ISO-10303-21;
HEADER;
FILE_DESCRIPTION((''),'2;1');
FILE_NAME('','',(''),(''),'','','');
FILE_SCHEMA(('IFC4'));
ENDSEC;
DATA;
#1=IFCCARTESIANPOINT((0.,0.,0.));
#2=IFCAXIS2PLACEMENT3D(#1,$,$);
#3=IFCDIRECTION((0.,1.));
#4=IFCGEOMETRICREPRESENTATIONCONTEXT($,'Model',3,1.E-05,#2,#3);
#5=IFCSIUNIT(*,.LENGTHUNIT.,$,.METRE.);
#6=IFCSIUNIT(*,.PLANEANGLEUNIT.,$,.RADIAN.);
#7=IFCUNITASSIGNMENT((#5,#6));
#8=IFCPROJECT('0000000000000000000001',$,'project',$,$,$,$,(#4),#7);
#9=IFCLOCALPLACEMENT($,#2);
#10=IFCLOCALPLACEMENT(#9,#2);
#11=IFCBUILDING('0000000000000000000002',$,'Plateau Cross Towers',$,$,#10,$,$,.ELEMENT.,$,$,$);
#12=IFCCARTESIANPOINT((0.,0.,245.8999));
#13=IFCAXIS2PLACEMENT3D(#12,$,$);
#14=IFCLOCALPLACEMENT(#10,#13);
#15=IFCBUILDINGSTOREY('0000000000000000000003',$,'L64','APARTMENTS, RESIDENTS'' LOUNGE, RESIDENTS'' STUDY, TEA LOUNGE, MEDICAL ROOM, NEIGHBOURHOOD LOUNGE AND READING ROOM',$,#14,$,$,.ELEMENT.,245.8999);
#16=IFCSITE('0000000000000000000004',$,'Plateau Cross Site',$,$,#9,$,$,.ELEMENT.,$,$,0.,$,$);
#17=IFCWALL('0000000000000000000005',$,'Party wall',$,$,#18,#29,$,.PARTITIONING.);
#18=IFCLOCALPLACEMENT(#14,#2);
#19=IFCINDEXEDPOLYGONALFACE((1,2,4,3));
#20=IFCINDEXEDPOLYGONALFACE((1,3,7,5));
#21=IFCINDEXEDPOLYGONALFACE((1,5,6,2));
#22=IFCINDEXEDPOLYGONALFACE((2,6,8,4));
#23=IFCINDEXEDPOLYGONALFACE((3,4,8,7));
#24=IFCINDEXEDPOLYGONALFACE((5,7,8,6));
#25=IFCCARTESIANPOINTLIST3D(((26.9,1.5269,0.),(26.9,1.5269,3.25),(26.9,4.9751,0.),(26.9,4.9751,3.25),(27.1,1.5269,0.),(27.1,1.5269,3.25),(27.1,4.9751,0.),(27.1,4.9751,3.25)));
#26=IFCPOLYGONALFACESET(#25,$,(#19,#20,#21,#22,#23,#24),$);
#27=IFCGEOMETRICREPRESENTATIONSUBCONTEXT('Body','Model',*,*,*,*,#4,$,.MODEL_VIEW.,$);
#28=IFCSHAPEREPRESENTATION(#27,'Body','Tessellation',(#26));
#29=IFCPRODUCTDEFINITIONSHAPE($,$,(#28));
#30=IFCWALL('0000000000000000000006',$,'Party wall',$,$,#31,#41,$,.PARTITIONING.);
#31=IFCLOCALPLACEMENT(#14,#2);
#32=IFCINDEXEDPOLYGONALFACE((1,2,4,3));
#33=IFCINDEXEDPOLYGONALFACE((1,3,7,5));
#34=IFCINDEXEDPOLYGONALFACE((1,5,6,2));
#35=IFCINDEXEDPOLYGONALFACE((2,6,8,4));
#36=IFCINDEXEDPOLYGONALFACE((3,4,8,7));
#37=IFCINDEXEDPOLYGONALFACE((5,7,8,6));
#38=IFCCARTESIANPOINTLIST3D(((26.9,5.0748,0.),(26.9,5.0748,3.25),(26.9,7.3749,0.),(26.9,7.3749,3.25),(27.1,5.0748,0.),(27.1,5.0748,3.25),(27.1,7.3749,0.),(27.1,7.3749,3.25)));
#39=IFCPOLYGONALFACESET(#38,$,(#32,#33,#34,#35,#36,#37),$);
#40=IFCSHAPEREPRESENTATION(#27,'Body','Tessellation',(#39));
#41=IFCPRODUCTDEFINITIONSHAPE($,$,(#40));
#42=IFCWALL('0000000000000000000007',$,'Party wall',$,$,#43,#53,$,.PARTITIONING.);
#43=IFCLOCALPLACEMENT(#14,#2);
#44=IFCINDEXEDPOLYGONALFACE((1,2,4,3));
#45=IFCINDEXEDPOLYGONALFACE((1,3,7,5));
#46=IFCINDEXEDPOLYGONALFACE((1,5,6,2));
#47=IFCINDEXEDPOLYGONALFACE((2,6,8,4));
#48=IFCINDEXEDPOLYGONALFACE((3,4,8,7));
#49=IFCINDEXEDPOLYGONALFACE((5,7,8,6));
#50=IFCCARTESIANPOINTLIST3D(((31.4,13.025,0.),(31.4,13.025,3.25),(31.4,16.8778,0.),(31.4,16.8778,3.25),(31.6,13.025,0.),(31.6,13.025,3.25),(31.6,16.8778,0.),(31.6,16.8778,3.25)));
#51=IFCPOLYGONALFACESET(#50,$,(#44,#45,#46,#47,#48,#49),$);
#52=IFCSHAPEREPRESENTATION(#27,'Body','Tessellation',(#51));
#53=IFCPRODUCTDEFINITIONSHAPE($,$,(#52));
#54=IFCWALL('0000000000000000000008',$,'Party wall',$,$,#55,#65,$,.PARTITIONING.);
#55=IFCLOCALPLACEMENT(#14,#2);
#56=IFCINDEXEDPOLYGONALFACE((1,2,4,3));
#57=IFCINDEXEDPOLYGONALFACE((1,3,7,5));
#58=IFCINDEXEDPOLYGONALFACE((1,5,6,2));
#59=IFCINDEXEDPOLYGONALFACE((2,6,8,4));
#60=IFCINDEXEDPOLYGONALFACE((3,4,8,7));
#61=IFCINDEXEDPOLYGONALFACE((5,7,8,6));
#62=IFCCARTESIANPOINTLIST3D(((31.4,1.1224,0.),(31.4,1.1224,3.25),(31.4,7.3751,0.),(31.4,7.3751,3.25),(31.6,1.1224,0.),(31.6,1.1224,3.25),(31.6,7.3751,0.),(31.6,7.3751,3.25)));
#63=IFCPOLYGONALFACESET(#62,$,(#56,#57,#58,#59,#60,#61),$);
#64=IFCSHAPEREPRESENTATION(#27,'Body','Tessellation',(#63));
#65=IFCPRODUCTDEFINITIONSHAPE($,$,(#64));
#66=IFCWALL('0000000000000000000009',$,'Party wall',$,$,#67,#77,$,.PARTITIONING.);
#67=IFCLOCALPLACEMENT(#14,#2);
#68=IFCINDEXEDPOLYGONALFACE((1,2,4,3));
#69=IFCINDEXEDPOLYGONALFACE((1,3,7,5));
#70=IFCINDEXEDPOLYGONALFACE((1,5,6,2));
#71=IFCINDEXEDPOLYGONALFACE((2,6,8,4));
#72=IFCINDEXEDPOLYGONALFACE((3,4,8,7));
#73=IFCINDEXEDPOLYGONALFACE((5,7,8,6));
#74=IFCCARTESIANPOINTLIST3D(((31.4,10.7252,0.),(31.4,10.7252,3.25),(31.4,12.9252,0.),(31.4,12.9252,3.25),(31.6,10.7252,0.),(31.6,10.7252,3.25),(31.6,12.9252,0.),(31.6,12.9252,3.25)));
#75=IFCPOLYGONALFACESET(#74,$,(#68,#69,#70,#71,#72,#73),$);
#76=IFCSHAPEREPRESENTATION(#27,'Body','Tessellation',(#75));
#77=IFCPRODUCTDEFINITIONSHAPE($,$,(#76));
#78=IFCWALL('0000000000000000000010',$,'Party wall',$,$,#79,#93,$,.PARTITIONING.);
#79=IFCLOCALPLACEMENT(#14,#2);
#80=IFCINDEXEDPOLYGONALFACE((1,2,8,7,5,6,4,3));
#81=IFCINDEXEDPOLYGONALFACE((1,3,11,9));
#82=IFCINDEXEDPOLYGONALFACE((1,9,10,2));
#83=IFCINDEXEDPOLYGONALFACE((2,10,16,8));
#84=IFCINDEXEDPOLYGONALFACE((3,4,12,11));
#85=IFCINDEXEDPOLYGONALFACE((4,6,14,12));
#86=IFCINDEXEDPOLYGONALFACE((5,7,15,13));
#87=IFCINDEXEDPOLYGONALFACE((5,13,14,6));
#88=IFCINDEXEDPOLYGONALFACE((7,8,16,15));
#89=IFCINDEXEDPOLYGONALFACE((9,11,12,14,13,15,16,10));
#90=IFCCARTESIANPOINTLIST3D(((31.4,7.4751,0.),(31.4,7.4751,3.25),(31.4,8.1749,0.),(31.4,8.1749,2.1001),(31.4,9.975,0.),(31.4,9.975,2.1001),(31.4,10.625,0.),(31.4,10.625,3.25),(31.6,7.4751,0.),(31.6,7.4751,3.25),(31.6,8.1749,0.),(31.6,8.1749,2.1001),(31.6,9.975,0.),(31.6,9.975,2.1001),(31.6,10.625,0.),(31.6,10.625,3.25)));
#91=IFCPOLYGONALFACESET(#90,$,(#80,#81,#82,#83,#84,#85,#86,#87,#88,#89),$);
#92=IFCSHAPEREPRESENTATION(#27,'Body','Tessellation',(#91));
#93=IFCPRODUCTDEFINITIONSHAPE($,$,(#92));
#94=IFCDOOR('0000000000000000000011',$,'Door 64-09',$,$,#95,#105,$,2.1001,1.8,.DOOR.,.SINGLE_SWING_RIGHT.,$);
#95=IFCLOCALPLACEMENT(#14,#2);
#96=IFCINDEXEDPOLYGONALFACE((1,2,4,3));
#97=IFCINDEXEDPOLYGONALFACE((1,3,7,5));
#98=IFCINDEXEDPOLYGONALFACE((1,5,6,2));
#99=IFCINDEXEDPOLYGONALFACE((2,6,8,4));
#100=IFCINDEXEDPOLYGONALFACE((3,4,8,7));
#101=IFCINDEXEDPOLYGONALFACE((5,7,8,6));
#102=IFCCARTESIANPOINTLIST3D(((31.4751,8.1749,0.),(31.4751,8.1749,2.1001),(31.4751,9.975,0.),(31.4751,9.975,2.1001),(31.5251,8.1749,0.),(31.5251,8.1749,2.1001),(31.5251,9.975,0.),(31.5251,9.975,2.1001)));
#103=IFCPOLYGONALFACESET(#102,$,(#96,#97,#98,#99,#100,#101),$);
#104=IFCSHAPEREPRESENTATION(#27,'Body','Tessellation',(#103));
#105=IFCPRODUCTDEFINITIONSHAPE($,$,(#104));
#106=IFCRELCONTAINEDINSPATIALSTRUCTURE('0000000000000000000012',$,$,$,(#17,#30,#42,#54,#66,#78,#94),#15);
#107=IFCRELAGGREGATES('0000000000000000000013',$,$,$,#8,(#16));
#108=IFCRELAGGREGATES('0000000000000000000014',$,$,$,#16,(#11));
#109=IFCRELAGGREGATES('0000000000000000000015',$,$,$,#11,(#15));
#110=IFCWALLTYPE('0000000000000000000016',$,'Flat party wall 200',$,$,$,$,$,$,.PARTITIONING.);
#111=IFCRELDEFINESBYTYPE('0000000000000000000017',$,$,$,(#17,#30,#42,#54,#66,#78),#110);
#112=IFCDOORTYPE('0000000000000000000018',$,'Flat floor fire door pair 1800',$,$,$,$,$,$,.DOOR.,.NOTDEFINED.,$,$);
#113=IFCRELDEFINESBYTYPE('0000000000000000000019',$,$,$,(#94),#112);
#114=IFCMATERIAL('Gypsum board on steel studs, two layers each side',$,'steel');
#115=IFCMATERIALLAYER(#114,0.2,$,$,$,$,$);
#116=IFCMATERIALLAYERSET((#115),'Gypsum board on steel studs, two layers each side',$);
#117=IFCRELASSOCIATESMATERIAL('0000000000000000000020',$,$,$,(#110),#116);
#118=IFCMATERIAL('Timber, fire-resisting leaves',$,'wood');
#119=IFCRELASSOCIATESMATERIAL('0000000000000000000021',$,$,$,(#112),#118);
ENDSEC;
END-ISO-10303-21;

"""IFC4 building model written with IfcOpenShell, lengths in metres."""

from ifc_helpers import new_model, si_unit, direction, frame, frame_2d, origin, place, context, subcontext, project, spatial, rectangle, extrude, material, layer, layer_set, type_object, element, fill, save


model = new_model("IFC4")

# Units and contexts
model_context = context("Model", 3, precision=1e-05, world=origin(), true_north=direction((0.0, 1.0)))
body_context = subcontext(model_context, "Body", "Model", "MODEL_VIEW")
ifc_project = project(units=[si_unit("LENGTHUNIT", "METRE"), si_unit("PLANEANGLEUNIT", "RADIAN")], contexts=[model_context])

# Site, building, storey
site_placement = place(None, origin())
site = spatial("IfcSite", under=ifc_project, at=site_placement, Name="Plateau Cross Site", CompositionType="ELEMENT", RefElevation=0.0)
building_placement = place(site_placement, origin())
building = spatial("IfcBuilding", under=site, at=building_placement, Name="Plateau Cross Towers", CompositionType="ELEMENT")
storey_placement = place(building_placement, frame((0.0, 0.0, 245.8999)))
storey = spatial("IfcBuildingStorey", under=building, at=storey_placement, Name="L64", Description="APARTMENTS, RESIDENTS' LOUNGE, RESIDENTS' STUDY, TEA LOUNGE, MEDICAL ROOM, NEIGHBOURHOOD LOUNGE AND READING ROOM", CompositionType="ELEMENT", Elevation=245.8999)

# Walls
ifc_material_1 = material(Name="Gypsum board on steel studs, two layers each side", Category="steel")
ifc_layer_1 = layer(ifc_material_1, 0.2)
ifc_layer_set_1 = layer_set([ifc_layer_1], Name="Gypsum board on steel studs, two layers each side")
wall_type_1 = type_object("IfcWallType", Name="Flat party wall 200", PredefinedType="PARTITIONING", material=ifc_layer_set_1)
wall_1_placement = place(storey_placement, frame((27.0, 4.9751, 0.0), z_axis=(0.0, 0.0, 1.0), x_axis=(0.0, -1.0, 0.0)))
element("IfcWall", 1, at=wall_1_placement, inside=storey, type_object=wall_type_1, Name="Party wall", PredefinedType="PARTITIONING", context=body_context, shape_type="SweptSolid", body=[
    extrude(rectangle(XDim=3.4482, YDim=0.2, at=frame_2d((1.7241, 0.0))), origin(), (0.0, 0.0, 1.0), 3.25),
])
wall_2_placement = place(storey_placement, frame((27.0, 5.075, 0.0), z_axis=(0.0, 0.0, 1.0), x_axis=(0.0, 1.0, 0.0)))
element("IfcWall", 2, at=wall_2_placement, inside=storey, type_object=wall_type_1, Name="Party wall", PredefinedType="PARTITIONING", context=body_context, shape_type="SweptSolid", body=[
    extrude(rectangle(XDim=2.3, YDim=0.2, at=frame_2d((1.1499, 0.0))), origin(), (0.0, 0.0, 1.0), 3.25),
])
wall_3_placement = place(storey_placement, frame((31.5, 16.8777, 0.0), z_axis=(0.0, 0.0, 1.0), x_axis=(0.0, -1.0, 0.0)))
element("IfcWall", 3, at=wall_3_placement, inside=storey, type_object=wall_type_1, Name="Party wall", PredefinedType="PARTITIONING", context=body_context, shape_type="SweptSolid", body=[
    extrude(rectangle(XDim=3.8528, YDim=0.2, at=frame_2d((1.9263, 0.0))), origin(), (0.0, 0.0, 1.0), 3.25),
])
wall_4_placement = place(storey_placement, frame((31.5, 1.1223, 0.0), z_axis=(0.0, 0.0, 1.0), x_axis=(0.0, 1.0, 0.0)))
element("IfcWall", 4, at=wall_4_placement, inside=storey, type_object=wall_type_1, Name="Party wall", PredefinedType="PARTITIONING", context=body_context, shape_type="SweptSolid", body=[
    extrude(rectangle(XDim=6.2527, YDim=0.2, at=frame_2d((3.1265, 0.0))), origin(), (0.0, 0.0, 1.0), 3.25),
])
wall_5_placement = place(storey_placement, frame((31.5, 10.7251, 0.0), z_axis=(0.0, 0.0, 1.0), x_axis=(0.0, 1.0, 0.0)))
element("IfcWall", 5, at=wall_5_placement, inside=storey, type_object=wall_type_1, Name="Party wall", PredefinedType="PARTITIONING", context=body_context, shape_type="SweptSolid", body=[
    extrude(rectangle(XDim=2.2, YDim=0.2, at=frame_2d((1.1001, 0.0))), origin(), (0.0, 0.0, 1.0), 3.25),
])

# Wall, opening, door
wall_6_placement = place(storey_placement, frame((31.5, 7.4751, 0.0), z_axis=(0.0, 0.0, 1.0), x_axis=(0.0, 1.0, 0.0)))
wall_6 = element("IfcWall", 6, at=wall_6_placement, inside=storey, type_object=wall_type_1, Name="Party wall", PredefinedType="PARTITIONING", context=body_context, shape_type="SweptSolid", body=[
    extrude(rectangle(XDim=3.1499, YDim=0.2, at=frame_2d((1.575, 0.0))), origin(), (0.0, 0.0, 1.0), 3.25),
])
opening_1_placement = place(wall_6_placement, frame((0.7, 0.0, 0.0)))
opening_1 = element("IfcOpeningElement", 7, at=opening_1_placement, cuts=wall_6, PredefinedType="OPENING", context=body_context, shape_type="SweptSolid", body=[
    extrude(rectangle(XDim=1.8, YDim=2.1001, at=frame_2d((0.8999, 1.05))), frame((0.0, 0.1099, 0.0), z_axis=(0.0, -1.0, 0.0), x_axis=(1.0, 0.0, 0.0)), (0.0, 0.0, 1.0), 0.22),
])
ifc_material_2 = material(Name="Timber, fire-resisting leaves", Category="wood")
door_type_1 = type_object("IfcDoorType", Name="Flat floor fire door pair 1800", OperationType="NOTDEFINED", PredefinedType="DOOR", material=ifc_material_2)
door_1_placement = place(opening_1_placement, origin())
door_1 = element("IfcDoor", 8, at=door_1_placement, inside=storey, type_object=door_type_1, Name="Door 64-09", OperationType="SINGLE_SWING_RIGHT", OverallHeight=2.1001, OverallWidth=1.8, PredefinedType="DOOR", context=body_context, shape_type="SweptSolid", body=[
    extrude(rectangle(XDim=1.8, YDim=2.1001, at=frame_2d((0.8999, 1.05))), frame((0.0, 0.0249, 0.0), z_axis=(0.0, -1.0, 0.0), x_axis=(1.0, 0.0, 0.0)), (0.0, 0.0, 1.0), 0.05),
])
fill(opening_1, door_1)

save(model, "model.ifc")
